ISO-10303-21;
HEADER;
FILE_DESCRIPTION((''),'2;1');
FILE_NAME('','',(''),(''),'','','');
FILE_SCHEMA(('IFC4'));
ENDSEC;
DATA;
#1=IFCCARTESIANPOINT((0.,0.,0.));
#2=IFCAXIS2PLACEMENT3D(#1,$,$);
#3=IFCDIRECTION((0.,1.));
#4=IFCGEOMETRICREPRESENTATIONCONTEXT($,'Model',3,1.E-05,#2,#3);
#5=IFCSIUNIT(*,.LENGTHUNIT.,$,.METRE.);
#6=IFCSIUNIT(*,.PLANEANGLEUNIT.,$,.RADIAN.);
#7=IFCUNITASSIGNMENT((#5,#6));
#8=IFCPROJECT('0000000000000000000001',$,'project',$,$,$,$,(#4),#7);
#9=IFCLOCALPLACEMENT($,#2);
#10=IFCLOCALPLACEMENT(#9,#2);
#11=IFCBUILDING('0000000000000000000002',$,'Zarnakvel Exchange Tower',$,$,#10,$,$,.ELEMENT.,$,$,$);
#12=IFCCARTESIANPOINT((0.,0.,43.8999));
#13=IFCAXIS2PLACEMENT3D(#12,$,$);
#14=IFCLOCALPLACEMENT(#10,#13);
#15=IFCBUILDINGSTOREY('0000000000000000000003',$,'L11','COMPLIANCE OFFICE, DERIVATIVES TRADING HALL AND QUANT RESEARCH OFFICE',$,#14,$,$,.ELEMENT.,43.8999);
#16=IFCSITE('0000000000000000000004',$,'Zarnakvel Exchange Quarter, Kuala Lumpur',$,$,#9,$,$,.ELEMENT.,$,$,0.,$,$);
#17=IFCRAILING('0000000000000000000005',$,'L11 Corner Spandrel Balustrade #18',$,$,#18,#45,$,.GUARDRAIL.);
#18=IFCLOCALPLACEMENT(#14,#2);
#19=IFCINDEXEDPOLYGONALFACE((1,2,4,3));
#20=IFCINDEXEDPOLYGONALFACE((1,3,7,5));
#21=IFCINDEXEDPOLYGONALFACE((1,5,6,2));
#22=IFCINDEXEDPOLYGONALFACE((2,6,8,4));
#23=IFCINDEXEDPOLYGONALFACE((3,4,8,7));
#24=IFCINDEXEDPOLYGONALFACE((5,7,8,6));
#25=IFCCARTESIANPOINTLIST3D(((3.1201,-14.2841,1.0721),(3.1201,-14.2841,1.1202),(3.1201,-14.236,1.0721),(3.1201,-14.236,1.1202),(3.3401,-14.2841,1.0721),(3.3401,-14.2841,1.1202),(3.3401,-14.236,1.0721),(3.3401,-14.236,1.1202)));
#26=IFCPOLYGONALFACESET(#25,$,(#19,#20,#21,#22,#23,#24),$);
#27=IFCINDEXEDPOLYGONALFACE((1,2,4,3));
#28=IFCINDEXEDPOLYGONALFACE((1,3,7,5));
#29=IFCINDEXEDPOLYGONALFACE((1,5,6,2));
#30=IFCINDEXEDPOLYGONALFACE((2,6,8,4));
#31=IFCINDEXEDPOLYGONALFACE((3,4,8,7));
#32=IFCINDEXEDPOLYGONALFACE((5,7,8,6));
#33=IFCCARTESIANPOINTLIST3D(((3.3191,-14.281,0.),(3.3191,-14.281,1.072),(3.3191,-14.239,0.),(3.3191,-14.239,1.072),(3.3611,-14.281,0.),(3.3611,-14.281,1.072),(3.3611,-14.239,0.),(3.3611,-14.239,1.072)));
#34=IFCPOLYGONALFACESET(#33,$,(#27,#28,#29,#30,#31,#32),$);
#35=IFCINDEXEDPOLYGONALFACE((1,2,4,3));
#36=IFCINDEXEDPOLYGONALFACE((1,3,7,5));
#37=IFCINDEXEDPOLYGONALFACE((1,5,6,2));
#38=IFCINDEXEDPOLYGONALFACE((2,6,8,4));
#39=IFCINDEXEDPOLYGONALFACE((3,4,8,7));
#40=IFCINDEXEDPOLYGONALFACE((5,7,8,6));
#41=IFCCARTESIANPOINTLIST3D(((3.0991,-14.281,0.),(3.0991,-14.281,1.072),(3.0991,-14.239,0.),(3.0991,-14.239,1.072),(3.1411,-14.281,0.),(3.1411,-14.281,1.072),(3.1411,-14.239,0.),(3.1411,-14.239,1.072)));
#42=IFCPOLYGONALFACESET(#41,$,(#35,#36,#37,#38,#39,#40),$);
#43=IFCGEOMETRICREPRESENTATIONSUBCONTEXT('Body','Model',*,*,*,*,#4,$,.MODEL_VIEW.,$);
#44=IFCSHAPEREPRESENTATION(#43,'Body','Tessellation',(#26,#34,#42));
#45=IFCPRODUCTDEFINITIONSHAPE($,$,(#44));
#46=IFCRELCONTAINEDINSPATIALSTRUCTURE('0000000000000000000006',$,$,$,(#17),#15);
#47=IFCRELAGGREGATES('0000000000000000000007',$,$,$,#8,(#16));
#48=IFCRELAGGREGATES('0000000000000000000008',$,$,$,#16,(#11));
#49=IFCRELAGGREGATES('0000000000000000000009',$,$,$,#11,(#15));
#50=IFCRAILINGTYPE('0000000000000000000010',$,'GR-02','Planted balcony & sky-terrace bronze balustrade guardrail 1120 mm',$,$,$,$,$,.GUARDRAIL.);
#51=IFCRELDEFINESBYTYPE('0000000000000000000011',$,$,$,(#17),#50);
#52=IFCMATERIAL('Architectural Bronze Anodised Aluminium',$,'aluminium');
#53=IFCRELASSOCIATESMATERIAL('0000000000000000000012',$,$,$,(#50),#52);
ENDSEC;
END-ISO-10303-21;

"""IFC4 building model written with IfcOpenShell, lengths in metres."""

from ifc_helpers import new_model, si_unit, direction, frame, origin, origin_2d, place, context, subcontext, project, spatial, rectangle, extrude, material, type_object, element, save


model = new_model("IFC4")

# Units and contexts
model_context = context("Model", 3, precision=1e-05, world=origin(), true_north=direction((0.0, 1.0)))
body_context = subcontext(model_context, "Body", "Model", "MODEL_VIEW")
ifc_project = project(units=[si_unit("LENGTHUNIT", "METRE"), si_unit("PLANEANGLEUNIT", "RADIAN")], contexts=[model_context])

# Site, building, storey
site_placement = place(None, origin())
site = spatial("IfcSite", under=ifc_project, at=site_placement, Name="Zarnakvel Exchange Quarter, Kuala Lumpur", CompositionType="ELEMENT", RefElevation=0.0)
building_placement = place(site_placement, origin())
building = spatial("IfcBuilding", under=site, at=building_placement, Name="Zarnakvel Exchange Tower", CompositionType="ELEMENT")
storey_placement = place(building_placement, frame((0.0, 0.0, 43.8999)))
storey = spatial("IfcBuildingStorey", under=building, at=storey_placement, Name="L11", Description="COMPLIANCE OFFICE, DERIVATIVES TRADING HALL AND QUANT RESEARCH OFFICE", CompositionType="ELEMENT", Elevation=43.8999)

# Shared definitions
ifc_material_1 = material(Name="Architectural Bronze Anodised Aluminium", Category="aluminium")

# Railing
railing_type = type_object("IfcRailingType", Name="GR-02", Description="Planted balcony & sky-terrace bronze balustrade guardrail 1120 mm", PredefinedType="GUARDRAIL", material=ifc_material_1)
railing_1_placement = place(storey_placement, frame((3.3401, -14.26, 0.0)))
element("IfcRailing", 1, at=railing_1_placement, inside=storey, type_object=railing_type, Name="L11 Corner Spandrel Balustrade #18", PredefinedType="GUARDRAIL", context=body_context, shape_type="SweptSolid", body=[
    extrude(rectangle(XDim=0.0481, YDim=0.0481, at=origin_2d()), frame((0.0, 0.0, 1.0962), z_axis=(-1.0, 0.0, 0.0), x_axis=(0.0, -1.0, 0.0)), (0.0, 0.0, 1.0), 0.22),
    extrude(rectangle(XDim=0.042, YDim=0.042, at=origin_2d()), origin(), (0.0, 0.0, 1.0), 1.072),
    extrude(rectangle(XDim=0.042, YDim=0.042, at=origin_2d()), frame((-0.22, 0.0, 0.0)), (0.0, 0.0, 1.0), 1.072),
])

save(model, "model.ifc")
